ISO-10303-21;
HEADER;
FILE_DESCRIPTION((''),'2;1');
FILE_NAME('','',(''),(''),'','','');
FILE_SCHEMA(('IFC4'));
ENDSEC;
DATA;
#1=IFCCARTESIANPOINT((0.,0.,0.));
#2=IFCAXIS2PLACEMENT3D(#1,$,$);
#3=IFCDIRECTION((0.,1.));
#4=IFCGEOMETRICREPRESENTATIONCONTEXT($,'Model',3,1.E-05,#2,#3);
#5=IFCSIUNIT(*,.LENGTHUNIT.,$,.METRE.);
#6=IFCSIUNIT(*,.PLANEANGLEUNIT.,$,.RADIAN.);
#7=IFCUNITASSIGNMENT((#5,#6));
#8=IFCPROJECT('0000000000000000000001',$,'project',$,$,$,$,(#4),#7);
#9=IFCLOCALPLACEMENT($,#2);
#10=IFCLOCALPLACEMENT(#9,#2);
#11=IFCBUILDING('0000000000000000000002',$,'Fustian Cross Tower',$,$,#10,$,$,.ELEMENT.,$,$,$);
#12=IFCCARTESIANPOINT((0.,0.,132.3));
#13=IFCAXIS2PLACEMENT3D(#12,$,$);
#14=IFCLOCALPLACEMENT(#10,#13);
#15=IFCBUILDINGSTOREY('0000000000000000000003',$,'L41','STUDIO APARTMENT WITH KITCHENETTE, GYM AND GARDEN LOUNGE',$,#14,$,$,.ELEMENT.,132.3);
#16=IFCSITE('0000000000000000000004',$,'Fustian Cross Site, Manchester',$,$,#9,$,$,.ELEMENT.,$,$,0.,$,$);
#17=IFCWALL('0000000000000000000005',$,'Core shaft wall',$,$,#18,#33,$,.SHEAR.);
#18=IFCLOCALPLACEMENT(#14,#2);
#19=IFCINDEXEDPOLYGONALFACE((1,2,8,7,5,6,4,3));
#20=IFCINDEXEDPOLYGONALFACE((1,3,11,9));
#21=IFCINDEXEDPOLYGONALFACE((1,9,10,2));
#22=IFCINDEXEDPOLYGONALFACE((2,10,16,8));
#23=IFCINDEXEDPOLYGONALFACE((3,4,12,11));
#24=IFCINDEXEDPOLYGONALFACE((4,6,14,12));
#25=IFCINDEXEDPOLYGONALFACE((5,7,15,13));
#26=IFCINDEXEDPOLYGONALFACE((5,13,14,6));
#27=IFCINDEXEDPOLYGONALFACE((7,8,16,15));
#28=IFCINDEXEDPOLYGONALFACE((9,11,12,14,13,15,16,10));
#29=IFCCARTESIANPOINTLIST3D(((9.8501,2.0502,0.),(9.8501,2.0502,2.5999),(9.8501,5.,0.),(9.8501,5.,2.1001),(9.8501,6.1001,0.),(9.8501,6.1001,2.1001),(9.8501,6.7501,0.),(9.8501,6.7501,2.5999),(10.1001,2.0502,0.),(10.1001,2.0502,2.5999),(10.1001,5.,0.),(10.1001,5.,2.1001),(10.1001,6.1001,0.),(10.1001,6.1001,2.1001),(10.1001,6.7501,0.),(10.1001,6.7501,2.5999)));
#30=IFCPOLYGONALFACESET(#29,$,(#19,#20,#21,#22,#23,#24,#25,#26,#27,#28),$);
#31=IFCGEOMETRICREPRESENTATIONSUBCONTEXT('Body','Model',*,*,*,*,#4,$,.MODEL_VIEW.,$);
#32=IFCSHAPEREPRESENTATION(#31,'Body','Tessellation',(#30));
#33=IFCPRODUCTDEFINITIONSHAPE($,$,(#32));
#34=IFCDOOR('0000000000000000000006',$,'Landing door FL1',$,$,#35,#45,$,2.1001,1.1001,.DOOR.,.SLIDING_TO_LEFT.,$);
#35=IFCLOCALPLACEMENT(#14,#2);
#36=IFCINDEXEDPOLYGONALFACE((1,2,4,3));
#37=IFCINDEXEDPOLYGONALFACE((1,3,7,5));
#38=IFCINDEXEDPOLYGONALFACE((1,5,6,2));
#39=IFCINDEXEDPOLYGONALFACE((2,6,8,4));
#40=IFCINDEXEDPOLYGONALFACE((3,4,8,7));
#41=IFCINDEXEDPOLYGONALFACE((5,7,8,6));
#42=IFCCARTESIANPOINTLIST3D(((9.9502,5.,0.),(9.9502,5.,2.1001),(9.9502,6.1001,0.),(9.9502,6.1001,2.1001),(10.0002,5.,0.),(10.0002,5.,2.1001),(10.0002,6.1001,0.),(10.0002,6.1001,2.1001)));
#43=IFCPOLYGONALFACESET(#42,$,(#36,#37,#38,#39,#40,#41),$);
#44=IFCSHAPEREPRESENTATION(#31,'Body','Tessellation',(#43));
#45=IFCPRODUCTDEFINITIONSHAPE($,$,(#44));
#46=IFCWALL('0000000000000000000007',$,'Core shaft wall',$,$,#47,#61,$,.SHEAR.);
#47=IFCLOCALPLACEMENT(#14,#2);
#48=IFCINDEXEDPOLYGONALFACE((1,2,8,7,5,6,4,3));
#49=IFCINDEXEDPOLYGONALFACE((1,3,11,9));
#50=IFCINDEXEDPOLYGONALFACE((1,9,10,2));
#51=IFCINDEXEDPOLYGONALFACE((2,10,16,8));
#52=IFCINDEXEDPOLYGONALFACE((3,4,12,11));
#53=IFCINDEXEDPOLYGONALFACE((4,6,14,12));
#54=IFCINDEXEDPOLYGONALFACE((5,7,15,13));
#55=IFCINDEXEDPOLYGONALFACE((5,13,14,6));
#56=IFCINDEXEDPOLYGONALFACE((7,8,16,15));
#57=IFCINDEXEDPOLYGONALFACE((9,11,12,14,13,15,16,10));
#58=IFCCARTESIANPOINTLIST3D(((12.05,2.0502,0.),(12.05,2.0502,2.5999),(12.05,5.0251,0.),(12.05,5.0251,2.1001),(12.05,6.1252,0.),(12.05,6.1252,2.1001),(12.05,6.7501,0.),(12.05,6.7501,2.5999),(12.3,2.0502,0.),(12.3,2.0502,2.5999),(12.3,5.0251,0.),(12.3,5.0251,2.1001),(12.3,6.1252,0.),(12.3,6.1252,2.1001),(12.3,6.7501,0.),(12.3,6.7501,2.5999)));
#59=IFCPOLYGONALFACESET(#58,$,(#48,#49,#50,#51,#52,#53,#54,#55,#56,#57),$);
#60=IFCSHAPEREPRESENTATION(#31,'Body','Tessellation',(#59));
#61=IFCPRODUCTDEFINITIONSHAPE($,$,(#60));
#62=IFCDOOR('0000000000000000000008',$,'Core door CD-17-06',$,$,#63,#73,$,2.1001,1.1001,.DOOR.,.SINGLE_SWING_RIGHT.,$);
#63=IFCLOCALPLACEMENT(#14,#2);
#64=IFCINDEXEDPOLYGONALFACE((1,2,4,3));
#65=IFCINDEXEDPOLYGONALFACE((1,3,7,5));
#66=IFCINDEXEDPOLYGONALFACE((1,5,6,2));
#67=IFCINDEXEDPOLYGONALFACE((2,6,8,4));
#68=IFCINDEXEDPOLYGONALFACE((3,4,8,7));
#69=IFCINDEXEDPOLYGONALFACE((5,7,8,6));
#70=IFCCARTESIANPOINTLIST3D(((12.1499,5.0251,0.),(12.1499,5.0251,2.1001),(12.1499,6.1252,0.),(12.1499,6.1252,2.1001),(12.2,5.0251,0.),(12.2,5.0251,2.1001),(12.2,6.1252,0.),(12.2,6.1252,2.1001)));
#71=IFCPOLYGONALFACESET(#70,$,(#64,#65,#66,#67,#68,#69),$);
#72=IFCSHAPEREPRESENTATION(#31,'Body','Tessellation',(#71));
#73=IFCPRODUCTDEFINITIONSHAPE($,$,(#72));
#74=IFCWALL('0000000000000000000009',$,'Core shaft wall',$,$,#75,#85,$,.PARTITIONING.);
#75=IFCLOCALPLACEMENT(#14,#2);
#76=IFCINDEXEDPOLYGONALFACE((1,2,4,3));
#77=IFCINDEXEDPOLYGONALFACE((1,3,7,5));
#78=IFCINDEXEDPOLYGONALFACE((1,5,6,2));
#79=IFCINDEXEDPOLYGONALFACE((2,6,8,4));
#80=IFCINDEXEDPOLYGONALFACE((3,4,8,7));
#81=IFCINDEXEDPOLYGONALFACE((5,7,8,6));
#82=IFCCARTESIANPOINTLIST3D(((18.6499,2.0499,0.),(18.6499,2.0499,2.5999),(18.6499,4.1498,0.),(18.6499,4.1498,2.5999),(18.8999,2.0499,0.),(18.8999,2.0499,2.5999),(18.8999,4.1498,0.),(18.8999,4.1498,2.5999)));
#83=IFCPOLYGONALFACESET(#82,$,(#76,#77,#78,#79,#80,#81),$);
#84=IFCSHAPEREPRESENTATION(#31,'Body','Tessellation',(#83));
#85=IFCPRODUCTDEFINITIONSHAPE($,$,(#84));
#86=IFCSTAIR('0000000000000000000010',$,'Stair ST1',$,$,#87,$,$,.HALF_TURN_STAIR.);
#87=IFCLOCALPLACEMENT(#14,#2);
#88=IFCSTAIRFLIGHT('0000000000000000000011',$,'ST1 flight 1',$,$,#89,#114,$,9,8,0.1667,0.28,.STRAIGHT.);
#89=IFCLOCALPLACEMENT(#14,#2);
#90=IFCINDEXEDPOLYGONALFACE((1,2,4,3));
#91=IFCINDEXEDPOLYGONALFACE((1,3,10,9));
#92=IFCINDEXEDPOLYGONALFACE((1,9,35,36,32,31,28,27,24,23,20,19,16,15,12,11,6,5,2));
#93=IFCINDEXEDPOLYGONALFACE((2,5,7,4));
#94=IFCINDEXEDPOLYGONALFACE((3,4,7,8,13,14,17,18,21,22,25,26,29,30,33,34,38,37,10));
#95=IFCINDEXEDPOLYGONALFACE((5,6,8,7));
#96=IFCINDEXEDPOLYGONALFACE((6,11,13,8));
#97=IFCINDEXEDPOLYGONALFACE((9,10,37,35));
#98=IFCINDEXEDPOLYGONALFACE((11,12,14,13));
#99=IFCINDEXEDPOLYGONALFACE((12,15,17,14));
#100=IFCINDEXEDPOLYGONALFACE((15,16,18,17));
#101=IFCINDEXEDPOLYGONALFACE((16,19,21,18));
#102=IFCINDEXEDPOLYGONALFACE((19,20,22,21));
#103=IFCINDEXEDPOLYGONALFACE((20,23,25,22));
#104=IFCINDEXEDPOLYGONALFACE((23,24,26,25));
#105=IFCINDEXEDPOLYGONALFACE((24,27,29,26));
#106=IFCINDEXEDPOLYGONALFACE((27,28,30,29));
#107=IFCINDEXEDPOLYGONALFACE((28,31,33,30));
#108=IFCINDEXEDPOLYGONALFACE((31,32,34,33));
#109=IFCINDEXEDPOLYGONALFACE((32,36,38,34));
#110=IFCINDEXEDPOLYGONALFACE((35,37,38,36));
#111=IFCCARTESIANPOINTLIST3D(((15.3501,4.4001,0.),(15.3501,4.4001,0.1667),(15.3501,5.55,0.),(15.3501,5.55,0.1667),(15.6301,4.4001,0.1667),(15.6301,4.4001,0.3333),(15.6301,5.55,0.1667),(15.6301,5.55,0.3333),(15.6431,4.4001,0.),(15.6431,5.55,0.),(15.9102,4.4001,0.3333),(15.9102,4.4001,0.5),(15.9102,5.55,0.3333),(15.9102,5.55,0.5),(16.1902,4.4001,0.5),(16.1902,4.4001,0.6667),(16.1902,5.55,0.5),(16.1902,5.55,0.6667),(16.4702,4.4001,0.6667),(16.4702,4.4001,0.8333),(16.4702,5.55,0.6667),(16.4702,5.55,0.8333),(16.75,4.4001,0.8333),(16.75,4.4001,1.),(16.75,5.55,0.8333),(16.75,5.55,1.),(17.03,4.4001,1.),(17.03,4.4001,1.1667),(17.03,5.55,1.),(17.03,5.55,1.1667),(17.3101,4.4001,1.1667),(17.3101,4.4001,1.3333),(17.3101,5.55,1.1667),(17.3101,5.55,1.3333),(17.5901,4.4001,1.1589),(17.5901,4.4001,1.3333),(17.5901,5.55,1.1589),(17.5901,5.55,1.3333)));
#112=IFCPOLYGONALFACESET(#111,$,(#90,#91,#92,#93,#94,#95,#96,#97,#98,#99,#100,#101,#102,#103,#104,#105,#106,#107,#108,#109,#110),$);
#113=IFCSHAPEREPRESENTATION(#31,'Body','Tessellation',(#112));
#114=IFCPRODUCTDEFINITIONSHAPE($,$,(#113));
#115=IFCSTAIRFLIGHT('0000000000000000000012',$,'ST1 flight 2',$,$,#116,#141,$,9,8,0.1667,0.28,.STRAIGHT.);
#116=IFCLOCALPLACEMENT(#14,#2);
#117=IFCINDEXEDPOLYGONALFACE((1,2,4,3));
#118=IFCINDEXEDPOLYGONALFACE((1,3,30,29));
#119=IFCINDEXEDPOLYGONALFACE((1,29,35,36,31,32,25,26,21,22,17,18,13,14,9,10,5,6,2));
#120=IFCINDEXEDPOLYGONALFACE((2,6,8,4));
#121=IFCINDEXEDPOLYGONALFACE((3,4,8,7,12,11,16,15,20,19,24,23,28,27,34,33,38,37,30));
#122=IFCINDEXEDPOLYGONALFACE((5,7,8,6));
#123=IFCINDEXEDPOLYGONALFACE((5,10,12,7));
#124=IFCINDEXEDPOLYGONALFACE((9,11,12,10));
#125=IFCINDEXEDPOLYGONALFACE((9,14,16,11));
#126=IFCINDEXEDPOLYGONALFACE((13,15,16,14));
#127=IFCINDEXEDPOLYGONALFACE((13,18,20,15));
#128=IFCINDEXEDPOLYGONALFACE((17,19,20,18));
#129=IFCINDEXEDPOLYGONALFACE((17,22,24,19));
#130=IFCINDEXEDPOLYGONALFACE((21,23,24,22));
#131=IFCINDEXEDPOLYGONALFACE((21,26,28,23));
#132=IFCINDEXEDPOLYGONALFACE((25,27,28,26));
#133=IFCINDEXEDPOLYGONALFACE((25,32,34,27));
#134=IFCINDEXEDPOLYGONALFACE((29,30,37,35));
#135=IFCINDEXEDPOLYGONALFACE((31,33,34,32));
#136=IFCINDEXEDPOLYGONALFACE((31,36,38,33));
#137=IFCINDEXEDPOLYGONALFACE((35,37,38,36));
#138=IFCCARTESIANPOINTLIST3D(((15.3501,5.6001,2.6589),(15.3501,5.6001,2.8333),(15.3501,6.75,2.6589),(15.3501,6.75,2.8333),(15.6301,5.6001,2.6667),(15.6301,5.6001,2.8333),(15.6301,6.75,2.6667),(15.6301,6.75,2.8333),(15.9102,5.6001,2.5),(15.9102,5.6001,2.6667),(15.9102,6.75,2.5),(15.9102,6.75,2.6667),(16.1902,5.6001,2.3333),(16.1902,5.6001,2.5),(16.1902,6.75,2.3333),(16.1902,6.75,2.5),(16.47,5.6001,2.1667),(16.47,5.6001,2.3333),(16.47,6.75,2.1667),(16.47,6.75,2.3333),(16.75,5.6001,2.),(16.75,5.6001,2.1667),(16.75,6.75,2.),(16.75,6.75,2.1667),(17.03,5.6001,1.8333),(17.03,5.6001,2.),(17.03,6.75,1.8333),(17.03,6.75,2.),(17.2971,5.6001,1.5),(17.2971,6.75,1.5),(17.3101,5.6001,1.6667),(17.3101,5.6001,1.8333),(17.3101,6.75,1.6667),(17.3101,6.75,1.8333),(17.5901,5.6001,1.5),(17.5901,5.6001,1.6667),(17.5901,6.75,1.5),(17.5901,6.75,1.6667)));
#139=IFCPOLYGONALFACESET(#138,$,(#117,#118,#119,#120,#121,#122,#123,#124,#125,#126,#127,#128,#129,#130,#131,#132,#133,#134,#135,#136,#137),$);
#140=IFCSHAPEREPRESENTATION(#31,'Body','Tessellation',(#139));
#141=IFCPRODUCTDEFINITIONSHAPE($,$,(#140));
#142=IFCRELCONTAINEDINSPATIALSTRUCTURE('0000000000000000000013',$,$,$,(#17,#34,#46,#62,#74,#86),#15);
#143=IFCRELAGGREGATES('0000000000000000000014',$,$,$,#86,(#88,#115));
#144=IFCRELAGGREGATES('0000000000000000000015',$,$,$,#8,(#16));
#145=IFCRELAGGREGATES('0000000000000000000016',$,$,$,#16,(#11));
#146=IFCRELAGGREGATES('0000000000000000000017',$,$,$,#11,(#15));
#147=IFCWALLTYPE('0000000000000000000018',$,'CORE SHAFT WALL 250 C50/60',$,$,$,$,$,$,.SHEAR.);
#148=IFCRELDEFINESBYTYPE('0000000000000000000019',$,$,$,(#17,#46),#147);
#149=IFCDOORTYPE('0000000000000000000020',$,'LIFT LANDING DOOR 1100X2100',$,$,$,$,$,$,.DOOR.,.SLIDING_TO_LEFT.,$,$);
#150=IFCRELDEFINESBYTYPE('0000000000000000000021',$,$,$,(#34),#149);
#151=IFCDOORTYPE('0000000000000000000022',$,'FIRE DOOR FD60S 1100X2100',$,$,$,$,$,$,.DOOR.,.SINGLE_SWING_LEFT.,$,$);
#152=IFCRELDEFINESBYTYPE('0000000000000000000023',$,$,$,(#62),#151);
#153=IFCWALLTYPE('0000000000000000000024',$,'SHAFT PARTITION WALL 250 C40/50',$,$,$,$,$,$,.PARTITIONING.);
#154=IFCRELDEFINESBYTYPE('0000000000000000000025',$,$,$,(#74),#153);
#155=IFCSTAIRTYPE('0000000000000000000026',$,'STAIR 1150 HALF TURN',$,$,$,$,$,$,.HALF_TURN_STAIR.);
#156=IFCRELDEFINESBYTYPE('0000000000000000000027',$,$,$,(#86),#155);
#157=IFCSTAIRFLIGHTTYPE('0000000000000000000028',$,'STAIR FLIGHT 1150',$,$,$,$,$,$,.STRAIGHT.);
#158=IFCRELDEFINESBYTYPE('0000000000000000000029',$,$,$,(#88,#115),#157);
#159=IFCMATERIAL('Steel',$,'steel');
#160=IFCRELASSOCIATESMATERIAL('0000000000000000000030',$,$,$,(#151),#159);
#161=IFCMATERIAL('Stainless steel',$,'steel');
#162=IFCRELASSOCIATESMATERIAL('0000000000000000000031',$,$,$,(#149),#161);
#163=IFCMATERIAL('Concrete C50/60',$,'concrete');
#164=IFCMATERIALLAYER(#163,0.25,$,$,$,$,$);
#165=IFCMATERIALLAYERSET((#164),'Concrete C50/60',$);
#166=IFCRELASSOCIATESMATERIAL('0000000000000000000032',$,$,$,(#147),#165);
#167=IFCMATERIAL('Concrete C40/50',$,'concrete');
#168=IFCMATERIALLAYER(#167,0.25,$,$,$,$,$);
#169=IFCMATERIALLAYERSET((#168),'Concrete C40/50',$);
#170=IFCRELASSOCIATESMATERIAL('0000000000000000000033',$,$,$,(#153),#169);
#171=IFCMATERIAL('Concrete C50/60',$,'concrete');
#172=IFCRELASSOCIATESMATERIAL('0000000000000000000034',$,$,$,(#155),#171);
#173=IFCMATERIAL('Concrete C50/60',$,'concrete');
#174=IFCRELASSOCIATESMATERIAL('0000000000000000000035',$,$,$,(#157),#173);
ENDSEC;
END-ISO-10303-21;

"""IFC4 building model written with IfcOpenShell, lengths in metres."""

from ifc_helpers import new_model, si_unit, direction, frame, frame_2d, origin, place, context, subcontext, project, spatial, polyline, rectangle, outline, extrude, material, layer, layer_set, type_object, element, fill, aggregate, save


model = new_model("IFC4")

# Units and contexts
model_context = context("Model", 3, precision=1e-05, world=origin(), true_north=direction((0.0, 1.0)))
body_context = subcontext(model_context, "Body", "Model", "MODEL_VIEW")
ifc_project = project(units=[si_unit("LENGTHUNIT", "METRE"), si_unit("PLANEANGLEUNIT", "RADIAN")], contexts=[model_context])

# Site, building, storey
site_placement = place(None, origin())
site = spatial("IfcSite", under=ifc_project, at=site_placement, Name="Fustian Cross Site, Manchester", CompositionType="ELEMENT", RefElevation=0.0)
building_placement = place(site_placement, origin())
building = spatial("IfcBuilding", under=site, at=building_placement, Name="Fustian Cross Tower", CompositionType="ELEMENT")
storey_placement = place(building_placement, frame((0.0, 0.0, 132.3)))
storey = spatial("IfcBuildingStorey", under=building, at=storey_placement, Name="L41", Description="STUDIO APARTMENT WITH KITCHENETTE, GYM AND GARDEN LOUNGE", CompositionType="ELEMENT", Elevation=132.3)

# Shared definitions
ifc_material_1 = material(Name="Steel", Category="steel")
door_type_1 = type_object("IfcDoorType", Name="FIRE DOOR FD60S 1100X2100", OperationType="SINGLE_SWING_LEFT", PredefinedType="DOOR", material=ifc_material_1)
ifc_material_2 = material(Name="Stainless steel", Category="steel")
door_type_2 = type_object("IfcDoorType", Name="LIFT LANDING DOOR 1100X2100", OperationType="SLIDING_TO_LEFT", PredefinedType="DOOR", material=ifc_material_2)

# Shared definitions
ifc_material_3 = material(Name="Concrete C50/60", Category="concrete")
ifc_layer_1 = layer(ifc_material_3, 0.25)
ifc_layer_set_1 = layer_set([ifc_layer_1], Name="Concrete C50/60")
wall_type_1 = type_object("IfcWallType", Name="CORE SHAFT WALL 250 C50/60", PredefinedType="SHEAR", material=ifc_layer_set_1)

# Walls, openings, doors
wall_1_placement = place(storey_placement, frame((9.9751, 2.05, 0.0), z_axis=(0.0, 0.0, 1.0), x_axis=(0.0, 1.0, 0.0)))
wall_1 = element("IfcWall", 1, at=wall_1_placement, inside=storey, type_object=wall_type_1, Name="Core shaft wall", PredefinedType="SHEAR", context=body_context, shape_type="SweptSolid", body=[
    extrude(rectangle(XDim=4.7, YDim=0.25, at=frame_2d((2.3501, 0.0))), origin(), (0.0, 0.0, 1.0), 2.5999),
])
opening_1_placement = place(wall_1_placement, frame((2.95, 0.0, 0.0)))
opening_1 = element("IfcOpeningElement", 2, at=opening_1_placement, cuts=wall_1, PredefinedType="OPENING", context=body_context, shape_type="SweptSolid", body=[
    extrude(rectangle(XDim=1.1001, YDim=2.1001, at=frame_2d((0.55, 1.05))), frame((0.0, 0.135, 0.0), z_axis=(0.0, -1.0, 0.0), x_axis=(1.0, 0.0, 0.0)), (0.0, 0.0, 1.0), 0.27),
])
door_1_placement = place(opening_1_placement, origin())
door_1 = element("IfcDoor", 3, at=door_1_placement, inside=storey, type_object=door_type_2, Name="Landing door FL1", OperationType="SLIDING_TO_LEFT", OverallHeight=2.1001, OverallWidth=1.1001, PredefinedType="DOOR", context=body_context, shape_type="SweptSolid", body=[
    extrude(rectangle(XDim=1.1001, YDim=2.1001, at=frame_2d((0.55, 1.05))), frame((0.0, 0.0249, 0.0), z_axis=(0.0, -1.0, 0.0), x_axis=(1.0, 0.0, 0.0)), (0.0, 0.0, 1.0), 0.05),
])
fill(opening_1, door_1)
wall_2_placement = place(storey_placement, frame((12.175, 2.05, 0.0), z_axis=(0.0, 0.0, 1.0), x_axis=(0.0, 1.0, 0.0)))
wall_2 = element("IfcWall", 4, at=wall_2_placement, inside=storey, type_object=wall_type_1, Name="Core shaft wall", PredefinedType="SHEAR", context=body_context, shape_type="SweptSolid", body=[
    extrude(rectangle(XDim=4.7, YDim=0.25, at=frame_2d((2.3501, 0.0))), origin(), (0.0, 0.0, 1.0), 2.5999),
])
opening_2_placement = place(wall_2_placement, frame((2.9751, 0.0, 0.0)))
opening_2 = element("IfcOpeningElement", 5, at=opening_2_placement, cuts=wall_2, PredefinedType="OPENING", context=body_context, shape_type="SweptSolid", body=[
    extrude(rectangle(XDim=1.1001, YDim=2.1001, at=frame_2d((0.55, 1.05))), frame((0.0, 0.135, 0.0), z_axis=(0.0, -1.0, 0.0), x_axis=(1.0, 0.0, 0.0)), (0.0, 0.0, 1.0), 0.27),
])
door_2_placement = place(opening_2_placement, frame((1.1001, 0.0, 0.0), z_axis=(0.0, 0.0, 1.0), x_axis=(-1.0, 0.0, 0.0)))
door_2 = element("IfcDoor", 6, at=door_2_placement, inside=storey, type_object=door_type_1, Name="Core door CD-17-06", OperationType="SINGLE_SWING_RIGHT", OverallHeight=2.1001, OverallWidth=1.1001, PredefinedType="DOOR", context=body_context, shape_type="SweptSolid", body=[
    extrude(rectangle(XDim=1.1001, YDim=2.1001, at=frame_2d((0.55, 1.05))), frame((0.0, 0.0249, 0.0), z_axis=(0.0, -1.0, 0.0), x_axis=(1.0, 0.0, 0.0)), (0.0, 0.0, 1.0), 0.05),
])
fill(opening_2, door_2)

# Wall
ifc_material_4 = material(Name="Concrete C40/50", Category="concrete")
ifc_layer_2 = layer(ifc_material_4, 0.25)
ifc_layer_set_2 = layer_set([ifc_layer_2], Name="Concrete C40/50")
wall_type_2 = type_object("IfcWallType", Name="SHAFT PARTITION WALL 250 C40/50", PredefinedType="PARTITIONING", material=ifc_layer_set_2)
wall_3_placement = place(storey_placement, frame((18.7749, 2.05, 0.0), z_axis=(0.0, 0.0, 1.0), x_axis=(0.0, 1.0, 0.0)))
element("IfcWall", 7, at=wall_3_placement, inside=storey, type_object=wall_type_2, Name="Core shaft wall", PredefinedType="PARTITIONING", context=body_context, shape_type="SweptSolid", body=[
    extrude(rectangle(XDim=2.0999, YDim=0.25, at=frame_2d((1.0498, 0.0))), origin(), (0.0, 0.0, 1.0), 2.5999),
])

# Stair, stair flights
ifc_material_5 = material(Name="Concrete C50/60", Category="concrete")
stair_type = type_object("IfcStairType", Name="STAIR 1150 HALF TURN", PredefinedType="HALF_TURN_STAIR", material=ifc_material_5)
stair_placement = place(storey_placement, origin())
stair = element("IfcStair", 8, at=stair_placement, inside=storey, type_object=stair_type, Name="Stair ST1", PredefinedType="HALF_TURN_STAIR")
ifc_material_6 = material(Name="Concrete C50/60", Category="concrete")
stair_flight_type = type_object("IfcStairFlightType", Name="STAIR FLIGHT 1150", PredefinedType="STRAIGHT", material=ifc_material_6)
stair_flight_1_placement = place(storey_placement, frame((15.3501, 4.9751, 0.0), z_axis=(0.0, 0.0, 1.0), x_axis=(1.0, 0.0, 0.0)))
stair_flight_1 = element("IfcStairFlight", 9, at=stair_flight_1_placement, type_object=stair_flight_type, Name="ST1 flight 1", NumberOfRisers=9, NumberOfTreads=8, PredefinedType="STRAIGHT", RiserHeight=0.1667, TreadLength=0.28, context=body_context, shape_type="SweptSolid", body=[
    extrude(outline(polyline([(0.0, 0.0), (0.0, 0.1667), (0.28, 0.1667), (0.28, 0.3333), (0.5601, 0.3333), (0.5601, 0.5), (0.8401, 0.5), (0.8401, 0.6667), (1.1201, 0.6667), (1.1201, 0.8333), (1.3999, 0.8333), (1.3999, 1.0), (1.6799, 1.0), (1.6799, 1.1667), (1.96, 1.1667), (1.96, 1.3333), (2.24, 1.3333), (2.24, 1.5), (2.24, 1.1589), (0.293, 0.0), (0.0, 0.0)])), frame((0.0, 0.575, 0.0), z_axis=(0.0, -1.0, 0.0), x_axis=(1.0, 0.0, 0.0)), (0.0, 0.0, 1.0), 1.1499),
])
stair_flight_2_placement = place(storey_placement, frame((17.5901, 6.175, 1.5), z_axis=(0.0, 0.0, 1.0), x_axis=(-1.0, 0.0, 0.0)))
stair_flight_2 = element("IfcStairFlight", 10, at=stair_flight_2_placement, type_object=stair_flight_type, Name="ST1 flight 2", NumberOfRisers=9, NumberOfTreads=8, PredefinedType="STRAIGHT", RiserHeight=0.1667, TreadLength=0.28, context=body_context, shape_type="SweptSolid", body=[
    extrude(outline(polyline([(0.0, 0.0), (0.0, 0.1667), (0.28, 0.1667), (0.28, 0.3333), (0.5601, 0.3333), (0.5601, 0.5), (0.8401, 0.5), (0.8401, 0.6667), (1.1201, 0.6667), (1.1201, 0.8333), (1.3999, 0.8333), (1.3999, 1.0), (1.6799, 1.0), (1.6799, 1.1667), (1.96, 1.1667), (1.96, 1.3333), (2.24, 1.3333), (2.24, 1.5), (2.24, 1.1589), (0.293, 0.0), (0.0, 0.0)])), frame((0.0, 0.575, 0.0), z_axis=(0.0, -1.0, 0.0), x_axis=(1.0, 0.0, 0.0)), (0.0, 0.0, 1.0), 1.1499),
])
aggregate(stair, [stair_flight_1, stair_flight_2])

save(model, "model.ifc")
